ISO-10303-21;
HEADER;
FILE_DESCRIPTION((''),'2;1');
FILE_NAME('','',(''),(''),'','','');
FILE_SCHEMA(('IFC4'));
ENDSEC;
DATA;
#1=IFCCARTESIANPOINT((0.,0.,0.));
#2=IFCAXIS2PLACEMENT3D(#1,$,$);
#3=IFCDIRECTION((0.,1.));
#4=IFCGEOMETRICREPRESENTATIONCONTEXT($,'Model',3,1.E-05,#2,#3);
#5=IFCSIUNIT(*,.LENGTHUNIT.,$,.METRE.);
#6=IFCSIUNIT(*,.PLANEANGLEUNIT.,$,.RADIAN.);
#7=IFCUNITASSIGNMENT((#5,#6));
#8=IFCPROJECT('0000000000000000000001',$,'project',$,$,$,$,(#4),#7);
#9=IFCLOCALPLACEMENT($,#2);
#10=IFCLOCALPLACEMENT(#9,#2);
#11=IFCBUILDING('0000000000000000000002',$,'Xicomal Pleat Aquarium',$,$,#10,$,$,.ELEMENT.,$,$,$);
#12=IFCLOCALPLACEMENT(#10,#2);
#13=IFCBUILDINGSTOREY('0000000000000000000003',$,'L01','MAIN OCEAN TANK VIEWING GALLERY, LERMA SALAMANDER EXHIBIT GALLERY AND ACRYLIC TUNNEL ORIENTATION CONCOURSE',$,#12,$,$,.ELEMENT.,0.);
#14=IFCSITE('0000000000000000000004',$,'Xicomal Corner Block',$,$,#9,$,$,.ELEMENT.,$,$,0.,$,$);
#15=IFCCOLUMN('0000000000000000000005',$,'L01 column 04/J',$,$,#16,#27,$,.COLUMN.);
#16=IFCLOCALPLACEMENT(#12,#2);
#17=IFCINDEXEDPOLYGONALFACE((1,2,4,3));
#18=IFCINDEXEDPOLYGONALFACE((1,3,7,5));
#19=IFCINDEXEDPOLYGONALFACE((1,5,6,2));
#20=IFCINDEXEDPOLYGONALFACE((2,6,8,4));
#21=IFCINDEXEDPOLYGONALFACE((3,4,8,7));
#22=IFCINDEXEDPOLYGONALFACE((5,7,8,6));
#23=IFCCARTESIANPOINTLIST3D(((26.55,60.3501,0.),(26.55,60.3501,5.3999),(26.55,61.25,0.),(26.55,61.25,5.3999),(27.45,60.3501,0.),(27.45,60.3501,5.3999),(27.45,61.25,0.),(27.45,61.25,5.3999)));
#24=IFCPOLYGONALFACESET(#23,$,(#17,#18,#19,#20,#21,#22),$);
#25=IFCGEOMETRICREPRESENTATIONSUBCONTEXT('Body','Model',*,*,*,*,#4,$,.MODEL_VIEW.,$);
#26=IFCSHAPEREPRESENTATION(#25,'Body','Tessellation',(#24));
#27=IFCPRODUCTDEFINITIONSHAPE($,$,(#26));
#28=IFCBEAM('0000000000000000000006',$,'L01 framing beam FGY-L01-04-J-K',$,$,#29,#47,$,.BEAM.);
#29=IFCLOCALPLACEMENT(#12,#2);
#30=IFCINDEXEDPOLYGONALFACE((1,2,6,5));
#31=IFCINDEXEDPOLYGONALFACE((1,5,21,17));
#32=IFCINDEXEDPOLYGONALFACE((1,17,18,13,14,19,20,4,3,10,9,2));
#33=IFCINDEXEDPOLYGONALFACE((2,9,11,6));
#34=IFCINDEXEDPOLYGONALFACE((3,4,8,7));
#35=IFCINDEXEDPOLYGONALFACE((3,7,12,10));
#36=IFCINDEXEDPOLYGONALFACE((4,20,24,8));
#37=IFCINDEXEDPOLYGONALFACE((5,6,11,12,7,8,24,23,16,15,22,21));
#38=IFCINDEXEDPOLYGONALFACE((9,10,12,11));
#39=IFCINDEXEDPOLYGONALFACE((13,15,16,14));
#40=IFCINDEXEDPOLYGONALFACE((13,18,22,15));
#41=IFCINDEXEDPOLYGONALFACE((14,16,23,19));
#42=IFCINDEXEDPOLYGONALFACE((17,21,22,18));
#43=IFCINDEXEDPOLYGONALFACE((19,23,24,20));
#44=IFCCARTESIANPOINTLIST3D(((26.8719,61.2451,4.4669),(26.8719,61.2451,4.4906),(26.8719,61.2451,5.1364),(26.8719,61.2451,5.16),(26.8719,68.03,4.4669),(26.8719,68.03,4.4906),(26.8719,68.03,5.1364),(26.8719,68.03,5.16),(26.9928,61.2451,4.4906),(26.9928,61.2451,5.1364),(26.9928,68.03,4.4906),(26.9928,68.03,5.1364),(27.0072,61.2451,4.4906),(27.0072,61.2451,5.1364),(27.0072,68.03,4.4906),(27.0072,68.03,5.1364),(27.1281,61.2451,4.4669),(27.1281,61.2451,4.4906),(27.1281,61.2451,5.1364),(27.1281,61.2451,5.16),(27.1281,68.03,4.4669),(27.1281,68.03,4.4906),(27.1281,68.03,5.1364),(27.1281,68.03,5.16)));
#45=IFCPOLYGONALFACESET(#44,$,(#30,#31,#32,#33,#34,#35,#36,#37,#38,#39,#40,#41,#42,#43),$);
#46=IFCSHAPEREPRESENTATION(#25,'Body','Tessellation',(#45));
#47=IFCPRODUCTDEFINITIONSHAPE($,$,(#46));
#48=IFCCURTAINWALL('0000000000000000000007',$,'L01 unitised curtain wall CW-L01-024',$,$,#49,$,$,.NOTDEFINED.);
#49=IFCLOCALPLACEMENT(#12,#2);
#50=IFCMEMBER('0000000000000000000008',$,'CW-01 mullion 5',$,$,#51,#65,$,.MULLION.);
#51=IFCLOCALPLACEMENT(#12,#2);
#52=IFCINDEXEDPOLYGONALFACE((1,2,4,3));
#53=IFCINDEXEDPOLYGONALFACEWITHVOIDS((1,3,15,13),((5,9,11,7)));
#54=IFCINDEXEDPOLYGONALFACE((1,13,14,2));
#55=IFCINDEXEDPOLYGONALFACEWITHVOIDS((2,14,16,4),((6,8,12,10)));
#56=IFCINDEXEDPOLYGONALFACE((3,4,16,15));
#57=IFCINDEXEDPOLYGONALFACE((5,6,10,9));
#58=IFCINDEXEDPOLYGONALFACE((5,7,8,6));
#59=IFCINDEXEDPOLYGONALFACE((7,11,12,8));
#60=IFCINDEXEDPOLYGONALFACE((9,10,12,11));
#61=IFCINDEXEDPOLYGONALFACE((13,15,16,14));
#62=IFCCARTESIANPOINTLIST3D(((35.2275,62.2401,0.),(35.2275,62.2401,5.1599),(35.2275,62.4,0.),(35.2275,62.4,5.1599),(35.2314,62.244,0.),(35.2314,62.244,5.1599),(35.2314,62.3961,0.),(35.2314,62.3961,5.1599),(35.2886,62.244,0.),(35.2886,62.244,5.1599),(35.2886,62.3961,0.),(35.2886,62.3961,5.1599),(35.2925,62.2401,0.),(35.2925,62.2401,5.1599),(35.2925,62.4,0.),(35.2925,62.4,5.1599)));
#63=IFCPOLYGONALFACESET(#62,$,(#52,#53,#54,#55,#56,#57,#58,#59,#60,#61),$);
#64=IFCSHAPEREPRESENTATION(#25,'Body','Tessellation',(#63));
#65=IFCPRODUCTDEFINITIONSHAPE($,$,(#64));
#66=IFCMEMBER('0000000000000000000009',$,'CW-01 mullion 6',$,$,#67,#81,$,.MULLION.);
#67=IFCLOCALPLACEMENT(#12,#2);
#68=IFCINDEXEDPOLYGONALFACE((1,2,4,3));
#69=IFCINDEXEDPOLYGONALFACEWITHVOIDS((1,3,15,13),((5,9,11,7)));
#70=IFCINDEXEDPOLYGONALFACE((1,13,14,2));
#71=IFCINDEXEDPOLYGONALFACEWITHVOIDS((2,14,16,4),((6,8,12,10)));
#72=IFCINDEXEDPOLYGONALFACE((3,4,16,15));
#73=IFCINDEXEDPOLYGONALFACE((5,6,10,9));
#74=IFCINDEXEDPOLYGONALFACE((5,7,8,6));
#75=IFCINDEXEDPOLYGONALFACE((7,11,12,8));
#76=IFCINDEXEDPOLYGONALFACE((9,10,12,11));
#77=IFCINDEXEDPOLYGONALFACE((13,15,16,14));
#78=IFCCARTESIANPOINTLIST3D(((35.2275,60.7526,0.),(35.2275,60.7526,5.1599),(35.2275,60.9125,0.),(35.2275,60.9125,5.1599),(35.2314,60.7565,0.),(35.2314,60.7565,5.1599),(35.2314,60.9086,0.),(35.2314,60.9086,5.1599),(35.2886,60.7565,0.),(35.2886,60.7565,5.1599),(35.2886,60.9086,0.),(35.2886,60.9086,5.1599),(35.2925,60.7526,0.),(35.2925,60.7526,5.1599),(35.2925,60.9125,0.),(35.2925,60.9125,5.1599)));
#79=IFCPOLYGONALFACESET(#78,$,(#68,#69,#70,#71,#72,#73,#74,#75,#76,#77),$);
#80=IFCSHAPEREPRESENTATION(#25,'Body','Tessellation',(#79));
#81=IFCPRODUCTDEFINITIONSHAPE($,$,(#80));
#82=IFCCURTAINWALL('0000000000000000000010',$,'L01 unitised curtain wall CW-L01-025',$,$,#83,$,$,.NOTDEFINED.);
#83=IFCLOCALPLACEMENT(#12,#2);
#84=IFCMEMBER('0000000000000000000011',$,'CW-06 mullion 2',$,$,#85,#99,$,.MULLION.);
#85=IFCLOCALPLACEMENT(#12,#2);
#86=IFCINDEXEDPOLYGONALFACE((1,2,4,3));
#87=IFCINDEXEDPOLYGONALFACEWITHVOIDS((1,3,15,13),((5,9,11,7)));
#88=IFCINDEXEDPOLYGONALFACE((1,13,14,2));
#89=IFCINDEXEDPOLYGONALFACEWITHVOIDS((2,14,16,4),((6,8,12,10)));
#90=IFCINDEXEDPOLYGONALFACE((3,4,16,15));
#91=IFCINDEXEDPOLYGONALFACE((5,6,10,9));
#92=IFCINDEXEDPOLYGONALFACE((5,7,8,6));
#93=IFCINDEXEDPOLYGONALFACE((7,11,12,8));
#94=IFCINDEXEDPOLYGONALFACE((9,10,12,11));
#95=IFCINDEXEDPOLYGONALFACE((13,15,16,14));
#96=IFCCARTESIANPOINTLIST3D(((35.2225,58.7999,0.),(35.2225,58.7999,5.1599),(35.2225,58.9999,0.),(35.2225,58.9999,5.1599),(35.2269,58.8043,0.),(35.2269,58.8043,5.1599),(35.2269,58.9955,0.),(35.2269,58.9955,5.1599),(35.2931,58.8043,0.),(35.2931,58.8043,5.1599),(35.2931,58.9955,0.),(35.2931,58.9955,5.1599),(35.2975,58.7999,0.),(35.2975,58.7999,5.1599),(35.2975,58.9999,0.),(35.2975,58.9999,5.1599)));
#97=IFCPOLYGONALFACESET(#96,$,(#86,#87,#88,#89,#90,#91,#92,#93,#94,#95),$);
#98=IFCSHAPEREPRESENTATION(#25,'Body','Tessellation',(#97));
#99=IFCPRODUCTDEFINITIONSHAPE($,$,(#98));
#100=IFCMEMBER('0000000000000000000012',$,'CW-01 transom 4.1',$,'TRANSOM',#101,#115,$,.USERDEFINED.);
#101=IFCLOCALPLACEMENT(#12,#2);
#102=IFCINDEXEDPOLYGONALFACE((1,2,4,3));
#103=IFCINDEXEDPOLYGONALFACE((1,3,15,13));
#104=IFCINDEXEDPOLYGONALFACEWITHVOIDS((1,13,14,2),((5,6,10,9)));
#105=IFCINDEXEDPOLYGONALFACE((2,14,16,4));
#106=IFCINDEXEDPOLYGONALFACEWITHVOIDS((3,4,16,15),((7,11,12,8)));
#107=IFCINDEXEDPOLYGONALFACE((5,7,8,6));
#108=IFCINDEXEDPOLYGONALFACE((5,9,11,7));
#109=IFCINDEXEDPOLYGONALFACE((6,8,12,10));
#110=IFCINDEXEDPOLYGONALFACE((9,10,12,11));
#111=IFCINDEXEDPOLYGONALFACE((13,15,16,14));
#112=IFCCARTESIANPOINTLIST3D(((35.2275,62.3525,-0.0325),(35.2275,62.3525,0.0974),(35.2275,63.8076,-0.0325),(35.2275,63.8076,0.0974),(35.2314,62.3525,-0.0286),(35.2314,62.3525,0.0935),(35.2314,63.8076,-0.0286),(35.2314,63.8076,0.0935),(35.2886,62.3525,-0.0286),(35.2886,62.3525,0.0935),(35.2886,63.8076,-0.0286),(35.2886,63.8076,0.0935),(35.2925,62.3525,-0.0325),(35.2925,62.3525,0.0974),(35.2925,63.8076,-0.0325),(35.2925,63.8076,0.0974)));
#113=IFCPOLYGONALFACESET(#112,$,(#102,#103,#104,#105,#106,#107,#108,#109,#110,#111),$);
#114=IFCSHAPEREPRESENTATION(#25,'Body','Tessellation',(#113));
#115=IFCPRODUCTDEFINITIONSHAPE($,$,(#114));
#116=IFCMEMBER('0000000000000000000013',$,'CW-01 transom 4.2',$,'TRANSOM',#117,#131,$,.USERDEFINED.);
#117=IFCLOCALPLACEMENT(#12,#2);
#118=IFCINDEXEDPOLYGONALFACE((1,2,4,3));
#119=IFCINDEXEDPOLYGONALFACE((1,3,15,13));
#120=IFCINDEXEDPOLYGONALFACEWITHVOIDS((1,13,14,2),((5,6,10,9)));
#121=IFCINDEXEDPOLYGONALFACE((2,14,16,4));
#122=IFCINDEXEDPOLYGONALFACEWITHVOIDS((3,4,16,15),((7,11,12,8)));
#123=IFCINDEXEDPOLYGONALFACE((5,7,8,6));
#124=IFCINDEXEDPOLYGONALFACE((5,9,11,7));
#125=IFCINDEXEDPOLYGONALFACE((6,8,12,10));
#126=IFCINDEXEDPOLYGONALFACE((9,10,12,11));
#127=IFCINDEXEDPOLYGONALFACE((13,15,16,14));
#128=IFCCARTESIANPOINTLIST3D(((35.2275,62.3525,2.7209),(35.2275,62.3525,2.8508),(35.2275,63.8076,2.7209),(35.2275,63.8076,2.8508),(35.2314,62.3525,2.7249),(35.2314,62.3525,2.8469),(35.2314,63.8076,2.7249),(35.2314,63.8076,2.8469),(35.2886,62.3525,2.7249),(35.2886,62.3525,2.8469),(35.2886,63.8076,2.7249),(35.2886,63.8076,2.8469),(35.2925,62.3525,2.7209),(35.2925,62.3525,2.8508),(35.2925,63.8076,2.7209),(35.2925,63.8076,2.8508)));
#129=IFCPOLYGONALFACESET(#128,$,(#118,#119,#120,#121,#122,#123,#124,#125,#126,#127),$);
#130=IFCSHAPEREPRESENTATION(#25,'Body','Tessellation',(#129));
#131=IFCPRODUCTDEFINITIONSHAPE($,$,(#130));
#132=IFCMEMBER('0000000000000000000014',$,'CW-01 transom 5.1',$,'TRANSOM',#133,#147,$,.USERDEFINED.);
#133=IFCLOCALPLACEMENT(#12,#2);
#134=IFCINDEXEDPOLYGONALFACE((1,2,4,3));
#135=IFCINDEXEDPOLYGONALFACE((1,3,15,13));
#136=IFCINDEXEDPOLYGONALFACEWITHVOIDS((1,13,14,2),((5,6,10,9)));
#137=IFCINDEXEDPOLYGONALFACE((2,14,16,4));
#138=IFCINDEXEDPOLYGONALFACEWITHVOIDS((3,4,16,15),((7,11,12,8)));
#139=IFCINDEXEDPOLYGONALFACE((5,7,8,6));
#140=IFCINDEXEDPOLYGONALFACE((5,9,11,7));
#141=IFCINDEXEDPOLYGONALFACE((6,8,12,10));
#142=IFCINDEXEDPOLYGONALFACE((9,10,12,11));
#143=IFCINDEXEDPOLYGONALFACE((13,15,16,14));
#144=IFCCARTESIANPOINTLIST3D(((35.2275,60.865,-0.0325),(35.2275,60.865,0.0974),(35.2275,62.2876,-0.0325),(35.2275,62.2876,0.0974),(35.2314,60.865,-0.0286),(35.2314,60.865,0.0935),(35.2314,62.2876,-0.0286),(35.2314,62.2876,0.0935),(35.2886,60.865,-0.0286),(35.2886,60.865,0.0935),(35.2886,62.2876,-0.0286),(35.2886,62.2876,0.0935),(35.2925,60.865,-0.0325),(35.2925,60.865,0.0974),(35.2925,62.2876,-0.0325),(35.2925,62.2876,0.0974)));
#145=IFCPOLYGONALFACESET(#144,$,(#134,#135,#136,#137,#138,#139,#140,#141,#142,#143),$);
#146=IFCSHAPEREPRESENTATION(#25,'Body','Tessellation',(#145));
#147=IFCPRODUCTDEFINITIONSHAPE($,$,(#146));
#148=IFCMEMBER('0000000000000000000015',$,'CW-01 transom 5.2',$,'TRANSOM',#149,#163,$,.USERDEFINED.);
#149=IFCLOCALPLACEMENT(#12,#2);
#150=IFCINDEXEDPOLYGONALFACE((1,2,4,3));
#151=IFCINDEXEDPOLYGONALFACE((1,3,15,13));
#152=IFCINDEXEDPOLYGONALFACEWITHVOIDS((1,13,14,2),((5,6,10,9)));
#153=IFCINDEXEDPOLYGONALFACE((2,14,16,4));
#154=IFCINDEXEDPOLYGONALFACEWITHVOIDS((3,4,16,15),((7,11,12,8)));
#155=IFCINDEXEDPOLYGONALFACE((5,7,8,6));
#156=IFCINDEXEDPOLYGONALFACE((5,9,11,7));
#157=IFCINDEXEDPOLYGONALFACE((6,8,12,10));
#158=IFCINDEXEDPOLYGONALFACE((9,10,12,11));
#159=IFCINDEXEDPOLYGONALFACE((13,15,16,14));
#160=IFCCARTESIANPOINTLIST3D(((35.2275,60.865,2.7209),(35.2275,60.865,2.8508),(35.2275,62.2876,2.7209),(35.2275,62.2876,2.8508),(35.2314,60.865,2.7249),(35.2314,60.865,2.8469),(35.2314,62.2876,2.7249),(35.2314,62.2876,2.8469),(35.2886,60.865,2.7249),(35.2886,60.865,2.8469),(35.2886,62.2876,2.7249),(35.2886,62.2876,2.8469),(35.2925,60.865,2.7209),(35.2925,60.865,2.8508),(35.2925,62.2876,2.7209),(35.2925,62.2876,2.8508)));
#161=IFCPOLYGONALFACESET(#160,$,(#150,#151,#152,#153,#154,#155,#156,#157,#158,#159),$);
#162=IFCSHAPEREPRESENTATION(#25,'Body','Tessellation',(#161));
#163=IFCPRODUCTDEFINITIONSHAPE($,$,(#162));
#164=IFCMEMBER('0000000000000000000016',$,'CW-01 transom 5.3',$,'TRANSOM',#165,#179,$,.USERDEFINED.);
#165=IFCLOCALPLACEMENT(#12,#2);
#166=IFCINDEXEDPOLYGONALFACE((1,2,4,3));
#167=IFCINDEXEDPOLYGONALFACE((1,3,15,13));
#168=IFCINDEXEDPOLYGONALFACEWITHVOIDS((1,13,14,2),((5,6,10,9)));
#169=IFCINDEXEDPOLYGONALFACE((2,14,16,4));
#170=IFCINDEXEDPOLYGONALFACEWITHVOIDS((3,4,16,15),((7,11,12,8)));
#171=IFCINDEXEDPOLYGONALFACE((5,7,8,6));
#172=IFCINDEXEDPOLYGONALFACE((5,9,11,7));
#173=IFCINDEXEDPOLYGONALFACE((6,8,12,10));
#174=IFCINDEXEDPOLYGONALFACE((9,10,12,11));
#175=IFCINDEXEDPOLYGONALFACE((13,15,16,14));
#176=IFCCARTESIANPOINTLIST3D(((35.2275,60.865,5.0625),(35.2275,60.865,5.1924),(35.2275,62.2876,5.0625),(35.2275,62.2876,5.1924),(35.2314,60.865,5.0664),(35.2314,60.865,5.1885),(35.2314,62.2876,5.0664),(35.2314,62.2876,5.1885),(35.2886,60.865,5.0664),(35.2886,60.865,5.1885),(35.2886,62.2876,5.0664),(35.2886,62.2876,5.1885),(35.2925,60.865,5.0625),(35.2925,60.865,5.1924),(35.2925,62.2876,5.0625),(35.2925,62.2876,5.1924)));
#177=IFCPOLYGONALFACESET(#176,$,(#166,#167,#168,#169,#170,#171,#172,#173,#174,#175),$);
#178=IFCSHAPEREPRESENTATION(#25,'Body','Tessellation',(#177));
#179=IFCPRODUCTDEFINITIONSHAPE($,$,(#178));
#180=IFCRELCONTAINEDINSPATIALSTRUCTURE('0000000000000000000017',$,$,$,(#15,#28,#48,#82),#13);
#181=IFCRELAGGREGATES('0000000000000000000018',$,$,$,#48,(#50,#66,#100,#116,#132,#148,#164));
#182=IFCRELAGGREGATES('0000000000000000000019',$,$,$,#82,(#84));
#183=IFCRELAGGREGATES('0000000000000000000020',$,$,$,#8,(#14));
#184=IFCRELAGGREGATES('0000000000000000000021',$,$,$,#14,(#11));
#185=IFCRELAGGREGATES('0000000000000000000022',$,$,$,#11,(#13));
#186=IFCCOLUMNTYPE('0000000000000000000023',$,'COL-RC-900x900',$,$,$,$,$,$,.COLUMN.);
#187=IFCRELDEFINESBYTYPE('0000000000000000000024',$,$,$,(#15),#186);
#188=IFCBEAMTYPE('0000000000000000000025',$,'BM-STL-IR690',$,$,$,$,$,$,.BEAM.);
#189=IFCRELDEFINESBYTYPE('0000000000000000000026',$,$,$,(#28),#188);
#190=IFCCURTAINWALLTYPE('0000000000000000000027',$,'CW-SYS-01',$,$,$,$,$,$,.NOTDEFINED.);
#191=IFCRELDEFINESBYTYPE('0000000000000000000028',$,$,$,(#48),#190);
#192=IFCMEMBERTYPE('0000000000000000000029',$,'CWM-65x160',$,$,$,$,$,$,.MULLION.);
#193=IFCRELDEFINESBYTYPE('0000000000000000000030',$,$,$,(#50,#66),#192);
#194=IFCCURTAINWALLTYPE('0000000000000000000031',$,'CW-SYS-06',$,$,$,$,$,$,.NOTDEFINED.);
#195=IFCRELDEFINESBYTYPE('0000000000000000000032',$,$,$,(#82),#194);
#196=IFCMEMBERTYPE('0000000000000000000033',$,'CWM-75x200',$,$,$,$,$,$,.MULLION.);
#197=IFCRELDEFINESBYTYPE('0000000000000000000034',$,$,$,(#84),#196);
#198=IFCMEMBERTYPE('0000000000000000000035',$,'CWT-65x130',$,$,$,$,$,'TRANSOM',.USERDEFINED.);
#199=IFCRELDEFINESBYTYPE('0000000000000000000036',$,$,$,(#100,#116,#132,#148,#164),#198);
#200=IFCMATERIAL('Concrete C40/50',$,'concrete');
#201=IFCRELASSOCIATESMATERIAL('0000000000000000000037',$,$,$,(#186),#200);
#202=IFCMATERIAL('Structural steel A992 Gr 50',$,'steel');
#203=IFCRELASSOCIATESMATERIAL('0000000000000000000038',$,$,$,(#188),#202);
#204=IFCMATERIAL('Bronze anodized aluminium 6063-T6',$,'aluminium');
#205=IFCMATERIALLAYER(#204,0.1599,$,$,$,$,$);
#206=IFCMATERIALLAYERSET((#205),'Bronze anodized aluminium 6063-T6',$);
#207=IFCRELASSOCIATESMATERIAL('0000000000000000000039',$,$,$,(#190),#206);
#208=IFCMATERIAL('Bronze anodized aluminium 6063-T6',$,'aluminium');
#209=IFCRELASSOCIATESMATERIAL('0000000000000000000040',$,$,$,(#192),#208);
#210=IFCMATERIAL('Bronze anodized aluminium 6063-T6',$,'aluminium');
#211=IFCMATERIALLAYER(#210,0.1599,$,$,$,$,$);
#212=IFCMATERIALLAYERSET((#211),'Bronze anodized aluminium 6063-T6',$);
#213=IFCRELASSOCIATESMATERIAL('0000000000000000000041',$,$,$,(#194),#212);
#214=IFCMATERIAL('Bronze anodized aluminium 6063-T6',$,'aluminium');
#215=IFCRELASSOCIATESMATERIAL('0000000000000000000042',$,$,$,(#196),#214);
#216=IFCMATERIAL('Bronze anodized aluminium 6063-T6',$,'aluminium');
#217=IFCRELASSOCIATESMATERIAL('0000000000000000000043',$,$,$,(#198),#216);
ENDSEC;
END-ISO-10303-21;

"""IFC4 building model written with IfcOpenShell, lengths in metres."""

from ifc_helpers import new_model, si_unit, direction, frame, origin, origin_2d, place, context, subcontext, project, spatial, rectangle, hollow_rectangle, i_section, extrude, material, layer, layer_set, material_profile, profile_set, type_object, element, aggregate, save


model = new_model("IFC4")

# Units and contexts
model_context = context("Model", 3, precision=1e-05, world=origin(), true_north=direction((0.0, 1.0)))
body_context = subcontext(model_context, "Body", "Model", "MODEL_VIEW")
ifc_project = project(units=[si_unit("LENGTHUNIT", "METRE"), si_unit("PLANEANGLEUNIT", "RADIAN")], contexts=[model_context])

# Site, building, storey
site_placement = place(None, origin())
site = spatial("IfcSite", under=ifc_project, at=site_placement, Name="Xicomal Corner Block", CompositionType="ELEMENT", RefElevation=0.0)
building_placement = place(site_placement, origin())
building = spatial("IfcBuilding", under=site, at=building_placement, Name="Xicomal Pleat Aquarium", CompositionType="ELEMENT")
storey_placement = place(building_placement, origin())
storey = spatial("IfcBuildingStorey", under=building, at=storey_placement, Name="L01", Description="MAIN OCEAN TANK VIEWING GALLERY, LERMA SALAMANDER EXHIBIT GALLERY AND ACRYLIC TUNNEL ORIENTATION CONCOURSE", CompositionType="ELEMENT", Elevation=0.0)

# Column
ifc_material_1 = material(Name="Concrete C40/50", Category="concrete")
ifc_material_profile_1 = material_profile(ifc_material_1, rectangle(XDim=0.8999, YDim=0.8999, at=origin_2d()), Name="RC 900x900")
ifc_profile_set_1 = profile_set([ifc_material_profile_1], Name="Concrete C40/50")
column_type = type_object("IfcColumnType", Name="COL-RC-900x900", PredefinedType="COLUMN", material=ifc_profile_set_1)
column_placement = place(storey_placement, frame((27.0, 60.8, 0.0), z_axis=(0.0, 0.0, 1.0), x_axis=(1.0, 0.0, 0.0)))
element("IfcColumn", 1, at=column_placement, inside=storey, type_object=column_type, Name="L01 column 04/J", PredefinedType="COLUMN", context=body_context, shape_type="SweptSolid", body=[
    extrude(rectangle(XDim=0.8999, YDim=0.8999, at=origin_2d()), origin(), (0.0, 0.0, 1.0), 5.3999),
])

# Beam
ifc_material_2 = material(Name="Structural steel A992 Gr 50", Category="steel")
ifc_material_profile_2 = material_profile(ifc_material_2, i_section(OverallWidth=0.2561, OverallDepth=0.6931, WebThickness=0.0144, FlangeThickness=0.0237, at=origin_2d()), Name="IR 690x170")
ifc_profile_set_2 = profile_set([ifc_material_profile_2], Name="Structural steel A992 Gr 50")
beam_type = type_object("IfcBeamType", Name="BM-STL-IR690", PredefinedType="BEAM", material=ifc_profile_set_2)
beam_placement = place(storey_placement, frame((27.0, 61.2451, 4.8135), z_axis=(0.0, 1.0, 0.0), x_axis=(-1.0, 0.0, 0.0)))
element("IfcBeam", 2, at=beam_placement, inside=storey, type_object=beam_type, Name="L01 framing beam FGY-L01-04-J-K", PredefinedType="BEAM", context=body_context, shape_type="SweptSolid", body=[
    extrude(i_section(OverallWidth=0.2561, OverallDepth=0.6931, WebThickness=0.0144, FlangeThickness=0.0237, at=origin_2d()), origin(), (0.0, 0.0, 1.0), 6.7849),
])

# Curtain wall, members
ifc_material_3 = material(Name="Bronze anodized aluminium 6063-T6", Category="aluminium")
ifc_layer_1 = layer(ifc_material_3, 0.1599)
ifc_layer_set_1 = layer_set([ifc_layer_1], Name="Bronze anodized aluminium 6063-T6")
curtain_wall_type_1 = type_object("IfcCurtainWallType", Name="CW-SYS-01", PredefinedType="NOTDEFINED", material=ifc_layer_set_1)
curtain_wall_1_placement = place(storey_placement, origin())
curtain_wall_1 = element("IfcCurtainWall", 3, at=curtain_wall_1_placement, inside=storey, type_object=curtain_wall_type_1, Name="L01 unitised curtain wall CW-L01-024", PredefinedType="NOTDEFINED")
ifc_material_4 = material(Name="Bronze anodized aluminium 6063-T6", Category="aluminium")
ifc_material_profile_3 = material_profile(ifc_material_4, hollow_rectangle(XDim=0.0649, YDim=0.1599, WallThickness=0.0039, at=origin_2d()), Name="ALU MULL 65x160")
ifc_profile_set_3 = profile_set([ifc_material_profile_3], Name="Bronze anodized aluminium 6063-T6")
member_type_1 = type_object("IfcMemberType", Name="CWM-65x160", PredefinedType="MULLION", material=ifc_profile_set_3)
member_1_placement = place(storey_placement, frame((35.26, 62.3201, 0.0), z_axis=(0.0, 0.0, 1.0), x_axis=(1.0, 0.0, 0.0)))
member_1 = element("IfcMember", 4, at=member_1_placement, type_object=member_type_1, Name="CW-01 mullion 5", PredefinedType="MULLION", context=body_context, shape_type="SweptSolid", body=[
    extrude(hollow_rectangle(XDim=0.0649, YDim=0.1599, WallThickness=0.0039, at=origin_2d()), origin(), (0.0, 0.0, 1.0), 5.1599),
])
member_2_placement = place(storey_placement, frame((35.26, 60.8325, 0.0), z_axis=(0.0, 0.0, 1.0), x_axis=(1.0, 0.0, 0.0)))
member_2 = element("IfcMember", 5, at=member_2_placement, type_object=member_type_1, Name="CW-01 mullion 6", PredefinedType="MULLION", context=body_context, shape_type="SweptSolid", body=[
    extrude(hollow_rectangle(XDim=0.0649, YDim=0.1599, WallThickness=0.0039, at=origin_2d()), origin(), (0.0, 0.0, 1.0), 5.1599),
])

# Curtain wall, member
ifc_material_5 = material(Name="Bronze anodized aluminium 6063-T6", Category="aluminium")
ifc_layer_2 = layer(ifc_material_5, 0.1599)
ifc_layer_set_2 = layer_set([ifc_layer_2], Name="Bronze anodized aluminium 6063-T6")
curtain_wall_type_2 = type_object("IfcCurtainWallType", Name="CW-SYS-06", PredefinedType="NOTDEFINED", material=ifc_layer_set_2)
curtain_wall_2_placement = place(storey_placement, origin())
curtain_wall_2 = element("IfcCurtainWall", 6, at=curtain_wall_2_placement, inside=storey, type_object=curtain_wall_type_2, Name="L01 unitised curtain wall CW-L01-025", PredefinedType="NOTDEFINED")
ifc_material_6 = material(Name="Bronze anodized aluminium 6063-T6", Category="aluminium")
ifc_material_profile_4 = material_profile(ifc_material_6, hollow_rectangle(XDim=0.075, YDim=0.2, WallThickness=0.0044, at=origin_2d()), Name="ALU MULL 75x200")
ifc_profile_set_4 = profile_set([ifc_material_profile_4], Name="Bronze anodized aluminium 6063-T6")
member_type_2 = type_object("IfcMemberType", Name="CWM-75x200", PredefinedType="MULLION", material=ifc_profile_set_4)
member_3_placement = place(storey_placement, frame((35.26, 58.8999, 0.0), z_axis=(0.0, 0.0, 1.0), x_axis=(1.0, 0.0, 0.0)))
member_3 = element("IfcMember", 7, at=member_3_placement, type_object=member_type_2, Name="CW-06 mullion 2", PredefinedType="MULLION", context=body_context, shape_type="SweptSolid", body=[
    extrude(hollow_rectangle(XDim=0.075, YDim=0.2, WallThickness=0.0044, at=origin_2d()), origin(), (0.0, 0.0, 1.0), 5.1599),
])

# Members
ifc_material_7 = material(Name="Bronze anodized aluminium 6063-T6", Category="aluminium")
ifc_material_profile_5 = material_profile(ifc_material_7, hollow_rectangle(XDim=0.0649, YDim=0.1299, WallThickness=0.0039, at=origin_2d()), Name="ALU TRAN 65x130")
ifc_profile_set_5 = profile_set([ifc_material_profile_5], Name="Bronze anodized aluminium 6063-T6")
member_type_3 = type_object("IfcMemberType", Name="CWT-65x130", ElementType="TRANSOM", PredefinedType="USERDEFINED", material=ifc_profile_set_5)
member_4_placement = place(storey_placement, frame((35.26, 63.8076, 0.0325), z_axis=(0.0, -1.0, 0.0), x_axis=(1.0, 0.0, 0.0)))
member_4 = element("IfcMember", 8, at=member_4_placement, type_object=member_type_3, Name="CW-01 transom 4.1", ObjectType="TRANSOM", PredefinedType="USERDEFINED", context=body_context, shape_type="SweptSolid", body=[
    extrude(hollow_rectangle(XDim=0.0649, YDim=0.1299, WallThickness=0.0039, at=origin_2d()), origin(), (0.0, 0.0, 1.0), 1.4551),
])
member_5_placement = place(storey_placement, frame((35.26, 63.8076, 2.7859), z_axis=(0.0, -1.0, 0.0), x_axis=(1.0, 0.0, 0.0)))
member_5 = element("IfcMember", 9, at=member_5_placement, type_object=member_type_3, Name="CW-01 transom 4.2", ObjectType="TRANSOM", PredefinedType="USERDEFINED", context=body_context, shape_type="SweptSolid", body=[
    extrude(hollow_rectangle(XDim=0.0649, YDim=0.1299, WallThickness=0.0039, at=origin_2d()), origin(), (0.0, 0.0, 1.0), 1.4551),
])
member_6_placement = place(storey_placement, frame((35.26, 62.2876, 0.0325), z_axis=(0.0, -1.0, 0.0), x_axis=(1.0, 0.0, 0.0)))
member_6 = element("IfcMember", 10, at=member_6_placement, type_object=member_type_3, Name="CW-01 transom 5.1", ObjectType="TRANSOM", PredefinedType="USERDEFINED", context=body_context, shape_type="SweptSolid", body=[
    extrude(hollow_rectangle(XDim=0.0649, YDim=0.1299, WallThickness=0.0039, at=origin_2d()), origin(), (0.0, 0.0, 1.0), 1.4226),
])
member_7_placement = place(storey_placement, frame((35.26, 62.2876, 2.7859), z_axis=(0.0, -1.0, 0.0), x_axis=(1.0, 0.0, 0.0)))
member_7 = element("IfcMember", 11, at=member_7_placement, type_object=member_type_3, Name="CW-01 transom 5.2", ObjectType="TRANSOM", PredefinedType="USERDEFINED", context=body_context, shape_type="SweptSolid", body=[
    extrude(hollow_rectangle(XDim=0.0649, YDim=0.1299, WallThickness=0.0039, at=origin_2d()), origin(), (0.0, 0.0, 1.0), 1.4226),
])
member_8_placement = place(storey_placement, frame((35.26, 62.2876, 5.1274), z_axis=(0.0, -1.0, 0.0), x_axis=(1.0, 0.0, 0.0)))
member_8 = element("IfcMember", 12, at=member_8_placement, type_object=member_type_3, Name="CW-01 transom 5.3", ObjectType="TRANSOM", PredefinedType="USERDEFINED", context=body_context, shape_type="SweptSolid", body=[
    extrude(hollow_rectangle(XDim=0.0649, YDim=0.1299, WallThickness=0.0039, at=origin_2d()), origin(), (0.0, 0.0, 1.0), 1.4226),
])

aggregate(curtain_wall_1, [member_1, member_2, member_4, member_5, member_6, member_7, member_8])
aggregate(curtain_wall_2, [member_3])

save(model, "model.ifc")
